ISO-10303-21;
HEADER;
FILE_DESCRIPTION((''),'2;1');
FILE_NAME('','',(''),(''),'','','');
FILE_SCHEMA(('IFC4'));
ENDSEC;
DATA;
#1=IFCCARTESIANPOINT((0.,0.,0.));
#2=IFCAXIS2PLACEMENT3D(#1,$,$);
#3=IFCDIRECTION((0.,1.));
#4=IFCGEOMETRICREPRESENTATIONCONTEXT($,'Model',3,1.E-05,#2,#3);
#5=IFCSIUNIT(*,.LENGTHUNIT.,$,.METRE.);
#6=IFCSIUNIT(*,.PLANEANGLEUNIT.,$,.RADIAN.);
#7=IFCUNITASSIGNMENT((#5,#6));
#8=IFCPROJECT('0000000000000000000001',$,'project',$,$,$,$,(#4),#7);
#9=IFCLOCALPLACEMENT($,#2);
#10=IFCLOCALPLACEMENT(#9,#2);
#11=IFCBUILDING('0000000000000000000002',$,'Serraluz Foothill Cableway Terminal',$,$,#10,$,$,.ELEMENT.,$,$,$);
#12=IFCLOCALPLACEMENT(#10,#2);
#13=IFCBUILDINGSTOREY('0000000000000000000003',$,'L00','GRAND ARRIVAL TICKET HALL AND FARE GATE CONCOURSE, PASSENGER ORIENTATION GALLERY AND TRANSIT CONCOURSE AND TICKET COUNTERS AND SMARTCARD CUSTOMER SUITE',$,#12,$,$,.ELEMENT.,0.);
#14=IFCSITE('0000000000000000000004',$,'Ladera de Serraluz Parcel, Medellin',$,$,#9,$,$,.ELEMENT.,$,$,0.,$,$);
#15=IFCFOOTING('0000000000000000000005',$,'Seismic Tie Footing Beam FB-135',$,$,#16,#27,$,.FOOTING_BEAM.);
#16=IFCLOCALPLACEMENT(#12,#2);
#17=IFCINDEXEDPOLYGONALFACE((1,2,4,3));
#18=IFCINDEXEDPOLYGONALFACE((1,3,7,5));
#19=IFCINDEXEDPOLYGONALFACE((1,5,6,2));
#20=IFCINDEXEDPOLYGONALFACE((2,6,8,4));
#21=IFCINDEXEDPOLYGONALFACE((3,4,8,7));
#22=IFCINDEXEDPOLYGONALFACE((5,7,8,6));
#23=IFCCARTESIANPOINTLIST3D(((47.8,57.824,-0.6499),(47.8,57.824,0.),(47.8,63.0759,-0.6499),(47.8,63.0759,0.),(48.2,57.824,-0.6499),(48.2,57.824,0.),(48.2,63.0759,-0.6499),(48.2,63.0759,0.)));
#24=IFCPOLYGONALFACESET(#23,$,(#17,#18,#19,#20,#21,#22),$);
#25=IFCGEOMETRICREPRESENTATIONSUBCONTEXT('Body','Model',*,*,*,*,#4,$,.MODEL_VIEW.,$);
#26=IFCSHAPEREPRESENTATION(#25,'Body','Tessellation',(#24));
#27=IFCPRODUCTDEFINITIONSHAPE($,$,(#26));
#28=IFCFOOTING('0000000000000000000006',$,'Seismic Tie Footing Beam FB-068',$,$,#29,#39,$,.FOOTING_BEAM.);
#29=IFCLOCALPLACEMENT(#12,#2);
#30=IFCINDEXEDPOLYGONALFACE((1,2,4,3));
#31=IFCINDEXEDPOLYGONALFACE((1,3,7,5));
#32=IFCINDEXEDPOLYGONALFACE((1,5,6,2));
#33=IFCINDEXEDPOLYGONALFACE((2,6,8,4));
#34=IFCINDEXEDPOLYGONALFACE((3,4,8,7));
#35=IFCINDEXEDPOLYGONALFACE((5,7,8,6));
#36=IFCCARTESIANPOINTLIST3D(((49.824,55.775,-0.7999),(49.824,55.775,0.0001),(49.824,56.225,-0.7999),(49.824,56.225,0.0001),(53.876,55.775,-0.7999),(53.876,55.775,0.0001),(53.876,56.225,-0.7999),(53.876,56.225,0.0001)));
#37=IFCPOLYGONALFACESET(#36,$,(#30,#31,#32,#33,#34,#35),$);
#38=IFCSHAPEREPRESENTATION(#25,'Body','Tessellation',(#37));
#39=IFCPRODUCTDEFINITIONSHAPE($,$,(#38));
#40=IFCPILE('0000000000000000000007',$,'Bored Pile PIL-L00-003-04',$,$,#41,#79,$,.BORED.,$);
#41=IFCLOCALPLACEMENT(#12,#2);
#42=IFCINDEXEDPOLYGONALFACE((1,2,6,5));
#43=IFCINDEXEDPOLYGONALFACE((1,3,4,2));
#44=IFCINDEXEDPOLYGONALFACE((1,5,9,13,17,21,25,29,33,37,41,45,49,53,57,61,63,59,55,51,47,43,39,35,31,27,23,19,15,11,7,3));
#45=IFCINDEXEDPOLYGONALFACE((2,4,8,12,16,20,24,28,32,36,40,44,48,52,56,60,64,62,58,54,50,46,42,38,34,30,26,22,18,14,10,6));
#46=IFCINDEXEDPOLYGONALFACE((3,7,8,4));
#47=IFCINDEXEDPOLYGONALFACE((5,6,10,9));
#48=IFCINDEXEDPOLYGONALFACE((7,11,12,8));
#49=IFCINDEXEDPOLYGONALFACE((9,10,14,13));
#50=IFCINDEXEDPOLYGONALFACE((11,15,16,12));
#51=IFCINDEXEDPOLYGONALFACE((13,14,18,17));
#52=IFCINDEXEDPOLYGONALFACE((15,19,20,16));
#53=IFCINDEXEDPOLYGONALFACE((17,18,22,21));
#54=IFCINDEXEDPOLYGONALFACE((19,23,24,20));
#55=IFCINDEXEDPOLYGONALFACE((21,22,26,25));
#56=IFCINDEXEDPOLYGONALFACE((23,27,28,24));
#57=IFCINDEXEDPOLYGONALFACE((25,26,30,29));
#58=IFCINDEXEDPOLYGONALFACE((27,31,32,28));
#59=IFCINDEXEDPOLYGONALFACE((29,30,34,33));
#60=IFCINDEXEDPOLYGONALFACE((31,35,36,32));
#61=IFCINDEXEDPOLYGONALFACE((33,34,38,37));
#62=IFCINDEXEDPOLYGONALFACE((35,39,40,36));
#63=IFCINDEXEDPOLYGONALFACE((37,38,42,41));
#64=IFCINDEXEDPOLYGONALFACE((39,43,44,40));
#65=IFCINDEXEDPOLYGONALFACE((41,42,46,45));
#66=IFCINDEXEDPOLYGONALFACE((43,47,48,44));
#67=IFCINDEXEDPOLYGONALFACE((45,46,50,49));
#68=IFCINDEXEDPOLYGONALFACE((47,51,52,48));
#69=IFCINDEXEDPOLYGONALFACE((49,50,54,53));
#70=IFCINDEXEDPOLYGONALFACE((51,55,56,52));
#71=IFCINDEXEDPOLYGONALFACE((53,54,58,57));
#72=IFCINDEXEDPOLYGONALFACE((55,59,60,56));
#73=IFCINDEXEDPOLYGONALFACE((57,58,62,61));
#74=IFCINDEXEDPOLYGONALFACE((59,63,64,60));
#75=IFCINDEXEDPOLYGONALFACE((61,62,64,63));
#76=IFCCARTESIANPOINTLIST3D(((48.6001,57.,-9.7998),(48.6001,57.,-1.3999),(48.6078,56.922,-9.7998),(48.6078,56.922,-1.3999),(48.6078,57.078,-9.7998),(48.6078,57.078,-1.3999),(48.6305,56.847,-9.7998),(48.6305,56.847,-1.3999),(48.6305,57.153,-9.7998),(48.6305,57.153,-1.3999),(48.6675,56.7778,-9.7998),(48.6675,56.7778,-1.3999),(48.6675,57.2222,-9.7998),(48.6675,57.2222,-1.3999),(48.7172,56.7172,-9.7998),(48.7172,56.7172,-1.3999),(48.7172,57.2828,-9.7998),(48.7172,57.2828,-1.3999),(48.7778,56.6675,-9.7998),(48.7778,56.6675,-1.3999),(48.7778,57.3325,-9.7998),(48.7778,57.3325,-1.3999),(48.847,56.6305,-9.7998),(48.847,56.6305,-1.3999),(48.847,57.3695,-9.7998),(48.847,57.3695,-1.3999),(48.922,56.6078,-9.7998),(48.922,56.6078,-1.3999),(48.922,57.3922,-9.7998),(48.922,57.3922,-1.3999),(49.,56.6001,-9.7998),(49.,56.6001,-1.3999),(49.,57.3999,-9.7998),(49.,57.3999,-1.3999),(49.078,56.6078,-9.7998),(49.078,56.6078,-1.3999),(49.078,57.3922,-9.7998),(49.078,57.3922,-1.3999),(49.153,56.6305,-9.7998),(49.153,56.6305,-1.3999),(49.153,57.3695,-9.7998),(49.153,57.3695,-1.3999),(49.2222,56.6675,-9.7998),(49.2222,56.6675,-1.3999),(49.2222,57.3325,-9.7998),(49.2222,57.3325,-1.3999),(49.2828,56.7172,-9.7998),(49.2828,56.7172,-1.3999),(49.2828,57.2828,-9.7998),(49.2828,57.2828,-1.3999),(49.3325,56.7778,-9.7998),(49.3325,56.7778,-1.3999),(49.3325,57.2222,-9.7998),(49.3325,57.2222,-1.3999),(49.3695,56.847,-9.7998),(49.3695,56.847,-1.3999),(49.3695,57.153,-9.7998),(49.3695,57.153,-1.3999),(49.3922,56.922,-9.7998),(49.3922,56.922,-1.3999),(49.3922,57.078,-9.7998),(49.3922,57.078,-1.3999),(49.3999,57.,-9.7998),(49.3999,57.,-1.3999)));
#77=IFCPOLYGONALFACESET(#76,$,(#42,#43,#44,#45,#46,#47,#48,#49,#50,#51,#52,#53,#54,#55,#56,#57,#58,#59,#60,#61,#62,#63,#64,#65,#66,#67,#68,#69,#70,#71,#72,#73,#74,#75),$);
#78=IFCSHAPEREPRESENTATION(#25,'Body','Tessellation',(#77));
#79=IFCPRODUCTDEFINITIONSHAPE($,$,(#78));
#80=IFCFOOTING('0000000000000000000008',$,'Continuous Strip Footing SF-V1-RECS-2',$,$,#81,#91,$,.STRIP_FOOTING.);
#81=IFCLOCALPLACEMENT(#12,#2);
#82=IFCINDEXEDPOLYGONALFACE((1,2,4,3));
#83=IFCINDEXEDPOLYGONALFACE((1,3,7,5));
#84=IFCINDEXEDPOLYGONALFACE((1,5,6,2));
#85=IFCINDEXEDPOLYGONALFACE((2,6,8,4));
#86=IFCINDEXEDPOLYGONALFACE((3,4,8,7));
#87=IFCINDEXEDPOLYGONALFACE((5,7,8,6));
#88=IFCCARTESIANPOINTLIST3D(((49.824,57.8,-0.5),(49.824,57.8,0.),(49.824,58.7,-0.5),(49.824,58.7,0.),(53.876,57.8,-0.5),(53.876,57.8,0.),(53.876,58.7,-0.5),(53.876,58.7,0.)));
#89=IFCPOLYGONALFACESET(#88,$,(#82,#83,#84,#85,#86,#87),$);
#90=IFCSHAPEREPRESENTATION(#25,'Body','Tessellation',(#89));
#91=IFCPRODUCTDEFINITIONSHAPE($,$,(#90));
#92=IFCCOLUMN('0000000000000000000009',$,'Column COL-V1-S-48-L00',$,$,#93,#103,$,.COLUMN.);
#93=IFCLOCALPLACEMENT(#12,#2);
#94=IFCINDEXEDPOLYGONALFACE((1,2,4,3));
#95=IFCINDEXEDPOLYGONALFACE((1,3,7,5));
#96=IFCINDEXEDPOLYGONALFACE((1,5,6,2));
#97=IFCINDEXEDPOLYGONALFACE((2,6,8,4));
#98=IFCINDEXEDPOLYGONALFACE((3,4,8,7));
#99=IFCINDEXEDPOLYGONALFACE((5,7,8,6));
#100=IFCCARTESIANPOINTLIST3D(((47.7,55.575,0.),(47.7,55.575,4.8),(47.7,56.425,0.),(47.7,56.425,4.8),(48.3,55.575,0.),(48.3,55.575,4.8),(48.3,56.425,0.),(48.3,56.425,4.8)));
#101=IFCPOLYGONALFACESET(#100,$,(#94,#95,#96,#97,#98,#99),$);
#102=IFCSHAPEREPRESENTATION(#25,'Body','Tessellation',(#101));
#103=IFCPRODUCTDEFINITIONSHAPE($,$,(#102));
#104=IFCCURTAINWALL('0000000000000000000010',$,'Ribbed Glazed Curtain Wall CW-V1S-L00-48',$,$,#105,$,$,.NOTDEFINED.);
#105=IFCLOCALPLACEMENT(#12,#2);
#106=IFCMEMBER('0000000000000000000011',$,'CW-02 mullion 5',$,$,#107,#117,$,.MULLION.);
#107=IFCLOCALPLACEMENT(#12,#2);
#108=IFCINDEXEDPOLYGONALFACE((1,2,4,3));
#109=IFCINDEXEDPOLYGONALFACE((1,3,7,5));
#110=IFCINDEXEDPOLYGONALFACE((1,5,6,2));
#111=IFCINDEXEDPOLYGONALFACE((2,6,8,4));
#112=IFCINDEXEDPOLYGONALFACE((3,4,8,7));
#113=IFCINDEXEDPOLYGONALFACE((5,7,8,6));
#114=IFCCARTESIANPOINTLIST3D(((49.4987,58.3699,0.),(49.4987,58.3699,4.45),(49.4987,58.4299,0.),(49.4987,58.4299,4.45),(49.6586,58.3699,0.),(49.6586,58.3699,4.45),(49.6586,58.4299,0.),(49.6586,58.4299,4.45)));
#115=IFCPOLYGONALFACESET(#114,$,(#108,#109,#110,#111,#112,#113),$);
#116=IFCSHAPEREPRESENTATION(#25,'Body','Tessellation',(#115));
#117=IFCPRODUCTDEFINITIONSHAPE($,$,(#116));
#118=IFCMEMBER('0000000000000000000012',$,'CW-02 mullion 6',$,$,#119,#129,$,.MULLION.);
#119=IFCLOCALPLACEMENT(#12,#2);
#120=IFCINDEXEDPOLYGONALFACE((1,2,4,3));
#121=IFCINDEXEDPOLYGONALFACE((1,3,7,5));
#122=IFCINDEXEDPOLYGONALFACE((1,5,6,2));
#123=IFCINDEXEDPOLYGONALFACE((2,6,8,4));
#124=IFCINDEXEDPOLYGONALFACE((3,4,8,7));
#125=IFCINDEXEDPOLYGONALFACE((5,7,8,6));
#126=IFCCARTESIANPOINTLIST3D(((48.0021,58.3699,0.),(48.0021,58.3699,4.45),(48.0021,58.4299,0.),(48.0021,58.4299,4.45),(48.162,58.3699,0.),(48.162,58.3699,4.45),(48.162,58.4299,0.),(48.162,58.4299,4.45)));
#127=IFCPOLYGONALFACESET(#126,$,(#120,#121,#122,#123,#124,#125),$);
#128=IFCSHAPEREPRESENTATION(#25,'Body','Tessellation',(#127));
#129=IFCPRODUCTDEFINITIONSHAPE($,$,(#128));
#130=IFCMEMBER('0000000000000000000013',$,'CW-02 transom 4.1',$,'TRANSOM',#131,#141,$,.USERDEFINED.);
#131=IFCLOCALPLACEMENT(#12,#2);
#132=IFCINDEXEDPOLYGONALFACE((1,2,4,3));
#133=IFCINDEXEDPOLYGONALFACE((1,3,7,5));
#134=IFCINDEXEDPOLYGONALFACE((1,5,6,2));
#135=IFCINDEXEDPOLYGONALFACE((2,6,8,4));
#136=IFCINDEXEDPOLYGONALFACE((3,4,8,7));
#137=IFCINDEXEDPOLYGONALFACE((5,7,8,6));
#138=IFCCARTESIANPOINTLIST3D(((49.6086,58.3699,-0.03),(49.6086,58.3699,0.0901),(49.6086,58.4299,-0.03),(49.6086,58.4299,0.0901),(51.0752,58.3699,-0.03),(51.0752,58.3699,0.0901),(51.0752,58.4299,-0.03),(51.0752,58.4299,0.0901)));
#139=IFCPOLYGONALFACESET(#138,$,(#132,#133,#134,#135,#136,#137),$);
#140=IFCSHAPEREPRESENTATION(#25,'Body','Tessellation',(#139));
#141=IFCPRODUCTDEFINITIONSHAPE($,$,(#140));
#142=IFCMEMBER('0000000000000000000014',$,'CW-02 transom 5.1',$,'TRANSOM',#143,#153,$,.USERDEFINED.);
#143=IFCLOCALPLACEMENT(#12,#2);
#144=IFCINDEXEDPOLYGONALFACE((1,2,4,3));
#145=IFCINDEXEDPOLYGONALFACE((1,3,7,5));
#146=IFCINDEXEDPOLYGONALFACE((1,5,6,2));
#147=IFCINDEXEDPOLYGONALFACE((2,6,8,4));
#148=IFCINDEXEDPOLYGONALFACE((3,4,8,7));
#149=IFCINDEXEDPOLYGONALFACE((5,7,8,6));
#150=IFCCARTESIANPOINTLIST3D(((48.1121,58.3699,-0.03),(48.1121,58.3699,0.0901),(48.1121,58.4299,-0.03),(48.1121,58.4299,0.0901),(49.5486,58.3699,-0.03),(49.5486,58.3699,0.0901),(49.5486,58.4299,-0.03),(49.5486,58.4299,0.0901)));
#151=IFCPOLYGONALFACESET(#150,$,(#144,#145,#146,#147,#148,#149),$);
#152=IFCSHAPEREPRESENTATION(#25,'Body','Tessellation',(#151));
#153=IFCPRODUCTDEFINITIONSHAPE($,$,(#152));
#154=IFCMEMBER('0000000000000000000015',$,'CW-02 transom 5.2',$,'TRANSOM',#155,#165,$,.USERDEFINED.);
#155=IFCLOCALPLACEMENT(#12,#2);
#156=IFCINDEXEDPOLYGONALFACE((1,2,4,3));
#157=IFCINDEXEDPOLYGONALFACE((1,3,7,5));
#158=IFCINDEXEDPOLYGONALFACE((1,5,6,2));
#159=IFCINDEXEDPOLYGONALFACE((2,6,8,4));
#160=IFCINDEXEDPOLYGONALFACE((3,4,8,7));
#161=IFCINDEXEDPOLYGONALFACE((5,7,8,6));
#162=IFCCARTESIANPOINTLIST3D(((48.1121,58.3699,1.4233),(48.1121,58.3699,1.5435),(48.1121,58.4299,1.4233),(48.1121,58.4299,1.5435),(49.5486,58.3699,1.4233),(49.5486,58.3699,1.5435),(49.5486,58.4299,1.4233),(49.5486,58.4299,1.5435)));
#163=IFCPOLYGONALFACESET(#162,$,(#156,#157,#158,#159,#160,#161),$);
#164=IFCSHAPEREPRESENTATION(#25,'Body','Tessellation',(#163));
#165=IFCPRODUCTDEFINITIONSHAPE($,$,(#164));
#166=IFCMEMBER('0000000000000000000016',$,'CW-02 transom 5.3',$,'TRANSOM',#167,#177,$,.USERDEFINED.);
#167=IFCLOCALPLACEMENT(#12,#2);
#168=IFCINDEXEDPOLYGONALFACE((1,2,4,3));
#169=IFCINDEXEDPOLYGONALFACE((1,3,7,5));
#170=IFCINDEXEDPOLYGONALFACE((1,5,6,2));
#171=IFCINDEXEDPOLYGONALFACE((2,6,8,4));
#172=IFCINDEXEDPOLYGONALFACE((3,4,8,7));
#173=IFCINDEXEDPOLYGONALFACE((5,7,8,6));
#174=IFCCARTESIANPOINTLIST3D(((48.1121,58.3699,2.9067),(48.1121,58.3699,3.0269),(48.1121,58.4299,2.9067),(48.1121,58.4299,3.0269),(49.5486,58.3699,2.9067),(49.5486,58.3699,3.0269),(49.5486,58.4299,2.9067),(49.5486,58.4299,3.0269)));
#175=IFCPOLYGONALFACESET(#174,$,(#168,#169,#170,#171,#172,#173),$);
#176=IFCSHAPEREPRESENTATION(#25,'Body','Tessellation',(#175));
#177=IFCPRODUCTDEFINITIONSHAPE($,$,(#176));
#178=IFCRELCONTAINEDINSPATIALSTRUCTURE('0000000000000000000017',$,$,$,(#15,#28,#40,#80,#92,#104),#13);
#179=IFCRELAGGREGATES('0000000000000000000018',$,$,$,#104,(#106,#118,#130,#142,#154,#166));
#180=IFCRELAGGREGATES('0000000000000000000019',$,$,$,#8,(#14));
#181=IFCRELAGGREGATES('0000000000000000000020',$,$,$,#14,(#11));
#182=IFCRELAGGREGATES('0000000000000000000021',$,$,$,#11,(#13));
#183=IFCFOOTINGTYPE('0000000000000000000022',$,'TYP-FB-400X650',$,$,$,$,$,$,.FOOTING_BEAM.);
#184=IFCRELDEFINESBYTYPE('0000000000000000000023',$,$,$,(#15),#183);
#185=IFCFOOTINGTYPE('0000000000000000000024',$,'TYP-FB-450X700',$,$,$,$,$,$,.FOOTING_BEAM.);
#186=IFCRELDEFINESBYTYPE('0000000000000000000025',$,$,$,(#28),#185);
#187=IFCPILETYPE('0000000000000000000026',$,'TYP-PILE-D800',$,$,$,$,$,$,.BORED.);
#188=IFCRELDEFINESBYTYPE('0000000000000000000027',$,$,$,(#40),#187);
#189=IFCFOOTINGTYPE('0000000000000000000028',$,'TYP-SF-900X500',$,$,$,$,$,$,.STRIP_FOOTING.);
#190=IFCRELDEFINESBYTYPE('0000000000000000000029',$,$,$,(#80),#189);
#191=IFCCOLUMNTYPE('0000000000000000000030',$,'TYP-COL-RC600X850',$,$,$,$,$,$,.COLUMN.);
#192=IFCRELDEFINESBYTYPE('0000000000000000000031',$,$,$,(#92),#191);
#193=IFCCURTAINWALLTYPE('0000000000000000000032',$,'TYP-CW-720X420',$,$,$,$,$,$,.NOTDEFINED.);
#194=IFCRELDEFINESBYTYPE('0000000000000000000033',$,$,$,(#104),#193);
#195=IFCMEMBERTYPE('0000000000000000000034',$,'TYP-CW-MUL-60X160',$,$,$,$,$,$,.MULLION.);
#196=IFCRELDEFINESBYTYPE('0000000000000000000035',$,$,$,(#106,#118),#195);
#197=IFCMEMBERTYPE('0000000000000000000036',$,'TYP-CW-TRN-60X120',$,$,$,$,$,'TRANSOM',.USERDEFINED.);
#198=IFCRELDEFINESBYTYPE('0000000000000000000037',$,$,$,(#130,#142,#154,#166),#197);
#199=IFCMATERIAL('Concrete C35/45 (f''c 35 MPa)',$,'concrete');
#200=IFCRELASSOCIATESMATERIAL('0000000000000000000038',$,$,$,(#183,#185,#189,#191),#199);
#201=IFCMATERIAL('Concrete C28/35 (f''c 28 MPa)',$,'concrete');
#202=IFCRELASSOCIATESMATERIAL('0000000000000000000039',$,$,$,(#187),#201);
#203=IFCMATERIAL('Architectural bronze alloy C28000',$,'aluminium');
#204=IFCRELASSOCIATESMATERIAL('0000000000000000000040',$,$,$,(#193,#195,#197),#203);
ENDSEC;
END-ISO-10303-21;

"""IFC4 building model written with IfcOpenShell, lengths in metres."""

from ifc_helpers import new_model, si_unit, direction, frame, origin, origin_2d, place, context, subcontext, project, spatial, rectangle, circle, extrude, material, material_profile, profile_set, type_object, element, aggregate, save


model = new_model("IFC4")

# Units and contexts
model_context = context("Model", 3, precision=1e-05, world=origin(), true_north=direction((0.0, 1.0)))
body_context = subcontext(model_context, "Body", "Model", "MODEL_VIEW")
ifc_project = project(units=[si_unit("LENGTHUNIT", "METRE"), si_unit("PLANEANGLEUNIT", "RADIAN")], contexts=[model_context])

# Site, building, storey
site_placement = place(None, origin())
site = spatial("IfcSite", under=ifc_project, at=site_placement, Name="Ladera de Serraluz Parcel, Medellin", CompositionType="ELEMENT", RefElevation=0.0)
building_placement = place(site_placement, origin())
building = spatial("IfcBuilding", under=site, at=building_placement, Name="Serraluz Foothill Cableway Terminal", CompositionType="ELEMENT")
storey_placement = place(building_placement, origin())
storey = spatial("IfcBuildingStorey", under=building, at=storey_placement, Name="L00", Description="GRAND ARRIVAL TICKET HALL AND FARE GATE CONCOURSE, PASSENGER ORIENTATION GALLERY AND TRANSIT CONCOURSE AND TICKET COUNTERS AND SMARTCARD CUSTOMER SUITE", CompositionType="ELEMENT", Elevation=0.0)

# Footings
ifc_material_1 = material(Name="Concrete C35/45 (f'c 35 MPa)", Category="concrete")
ifc_material_profile_1 = material_profile(ifc_material_1, rectangle(XDim=0.3999, YDim=0.6499, at=origin_2d()), Name="RC 400x650")
ifc_profile_set_1 = profile_set([ifc_material_profile_1], Name="Concrete C35/45 (f'c 35 MPa)")
footing_type_1 = type_object("IfcFootingType", Name="TYP-FB-400X650", PredefinedType="FOOTING_BEAM", material=ifc_profile_set_1)
footing_1_placement = place(storey_placement, frame((48.0, 57.824, -0.325), z_axis=(0.0, 1.0, 0.0), x_axis=(-1.0, 0.0, 0.0)))
element("IfcFooting", 1, at=footing_1_placement, inside=storey, type_object=footing_type_1, Name="Seismic Tie Footing Beam FB-135", PredefinedType="FOOTING_BEAM", context=body_context, shape_type="SweptSolid", body=[
    extrude(rectangle(XDim=0.3999, YDim=0.6499, at=origin_2d()), origin(), (0.0, 0.0, 1.0), 5.252),
])
ifc_material_profile_2 = material_profile(ifc_material_1, rectangle(XDim=0.45, YDim=0.8, at=origin_2d()), Name="RC 450x800")
ifc_profile_set_2 = profile_set([ifc_material_profile_2], Name="Concrete C35/45 (f'c 35 MPa)")
footing_type_2 = type_object("IfcFootingType", Name="TYP-FB-450X700", PredefinedType="FOOTING_BEAM", material=ifc_profile_set_2)
footing_2_placement = place(storey_placement, frame((49.824, 56.0, -0.3999), z_axis=(1.0, 0.0, 0.0), x_axis=(0.0, 1.0, 0.0)))
element("IfcFooting", 2, at=footing_2_placement, inside=storey, type_object=footing_type_2, Name="Seismic Tie Footing Beam FB-068", PredefinedType="FOOTING_BEAM", context=body_context, shape_type="SweptSolid", body=[
    extrude(rectangle(XDim=0.45, YDim=0.8, at=origin_2d()), origin(), (0.0, 0.0, 1.0), 4.052),
])

# Pile
ifc_material_2 = material(Name="Concrete C28/35 (f'c 28 MPa)", Category="concrete")
ifc_material_profile_3 = material_profile(ifc_material_2, circle(Radius=0.3999, at=origin_2d()), Name="BORED PILE D800")
ifc_profile_set_3 = profile_set([ifc_material_profile_3], Name="Concrete C28/35 (f'c 28 MPa)")
pile_type = type_object("IfcPileType", Name="TYP-PILE-D800", PredefinedType="BORED", material=ifc_profile_set_3)
pile_placement = place(storey_placement, frame((49.0, 57.0, -1.3999), z_axis=(0.0, 0.0, -1.0), x_axis=(1.0, 0.0, 0.0)))
element("IfcPile", 3, at=pile_placement, inside=storey, type_object=pile_type, Name="Bored Pile PIL-L00-003-04", PredefinedType="BORED", context=body_context, shape_type="SweptSolid", body=[
    extrude(circle(Radius=0.3999, at=origin_2d()), origin(), (0.0, 0.0, 1.0), 8.3999),
])

# Footing
ifc_material_profile_4 = material_profile(ifc_material_1, rectangle(XDim=0.8999, YDim=0.5, at=origin_2d()), Name="SF 900x500")
ifc_profile_set_4 = profile_set([ifc_material_profile_4], Name="Concrete C35/45 (f'c 35 MPa)")
footing_type_3 = type_object("IfcFootingType", Name="TYP-SF-900X500", PredefinedType="STRIP_FOOTING", material=ifc_profile_set_4)
footing_3_placement = place(storey_placement, frame((49.824, 58.25, -0.25), z_axis=(1.0, 0.0, 0.0), x_axis=(0.0, 1.0, 0.0)))
element("IfcFooting", 4, at=footing_3_placement, inside=storey, type_object=footing_type_3, Name="Continuous Strip Footing SF-V1-RECS-2", PredefinedType="STRIP_FOOTING", context=body_context, shape_type="SweptSolid", body=[
    extrude(rectangle(XDim=0.8999, YDim=0.5, at=origin_2d()), origin(), (0.0, 0.0, 1.0), 4.052),
])

# Column
ifc_material_profile_5 = material_profile(ifc_material_1, rectangle(XDim=0.6001, YDim=0.8501, at=origin_2d()), Name="RC 600x850")
ifc_profile_set_5 = profile_set([ifc_material_profile_5], Name="Concrete C35/45 (f'c 35 MPa)")
column_type = type_object("IfcColumnType", Name="TYP-COL-RC600X850", PredefinedType="COLUMN", material=ifc_profile_set_5)
column_placement = place(storey_placement, frame((48.0, 56.0, 0.0), z_axis=(0.0, 0.0, 1.0), x_axis=(1.0, 0.0, 0.0)))
element("IfcColumn", 5, at=column_placement, inside=storey, type_object=column_type, Name="Column COL-V1-S-48-L00", PredefinedType="COLUMN", context=body_context, shape_type="SweptSolid", body=[
    extrude(rectangle(XDim=0.6001, YDim=0.8501, at=origin_2d()), origin(), (0.0, 0.0, 1.0), 4.8),
])

# Curtain wall, members
ifc_material_3 = material(Name="Architectural bronze alloy C28000", Category="aluminium")
curtain_wall_type = type_object("IfcCurtainWallType", Name="TYP-CW-720X420", PredefinedType="NOTDEFINED", material=ifc_material_3)
curtain_wall_placement = place(storey_placement, origin())
curtain_wall = element("IfcCurtainWall", 6, at=curtain_wall_placement, inside=storey, type_object=curtain_wall_type, Name="Ribbed Glazed Curtain Wall CW-V1S-L00-48", PredefinedType="NOTDEFINED")
ifc_material_profile_6 = material_profile(ifc_material_3, rectangle(XDim=0.0601, YDim=0.1599, at=origin_2d()), Name="ALU MULLION 60x160")
ifc_profile_set_6 = profile_set([ifc_material_profile_6], Name="Architectural bronze alloy C28000")
member_type_1 = type_object("IfcMemberType", Name="TYP-CW-MUL-60X160", PredefinedType="MULLION", material=ifc_profile_set_6)
member_1_placement = place(storey_placement, frame((49.5786, 58.3999, 0.0), z_axis=(0.0, 0.0, 1.0), x_axis=(0.0, -1.0, 0.0)))
member_1 = element("IfcMember", 7, at=member_1_placement, type_object=member_type_1, Name="CW-02 mullion 5", PredefinedType="MULLION", context=body_context, shape_type="SweptSolid", body=[
    extrude(rectangle(XDim=0.0601, YDim=0.1599, at=origin_2d()), origin(), (0.0, 0.0, 1.0), 4.45),
])
member_2_placement = place(storey_placement, frame((48.082, 58.3999, 0.0), z_axis=(0.0, 0.0, 1.0), x_axis=(0.0, -1.0, 0.0)))
member_2 = element("IfcMember", 8, at=member_2_placement, type_object=member_type_1, Name="CW-02 mullion 6", PredefinedType="MULLION", context=body_context, shape_type="SweptSolid", body=[
    extrude(rectangle(XDim=0.0601, YDim=0.1599, at=origin_2d()), origin(), (0.0, 0.0, 1.0), 4.45),
])
ifc_material_profile_7 = material_profile(ifc_material_3, rectangle(XDim=0.0601, YDim=0.1201, at=origin_2d()), Name="ALU TRANSOM 60x120")
ifc_profile_set_7 = profile_set([ifc_material_profile_7], Name="Architectural bronze alloy C28000")
member_type_2 = type_object("IfcMemberType", Name="TYP-CW-TRN-60X120", ElementType="TRANSOM", PredefinedType="USERDEFINED", material=ifc_profile_set_7)
member_3_placement = place(storey_placement, frame((51.0752, 58.3999, 0.03), z_axis=(-1.0, 0.0, 0.0), x_axis=(0.0, -1.0, 0.0)))
member_3 = element("IfcMember", 9, at=member_3_placement, type_object=member_type_2, Name="CW-02 transom 4.1", ObjectType="TRANSOM", PredefinedType="USERDEFINED", context=body_context, shape_type="SweptSolid", body=[
    extrude(rectangle(XDim=0.0601, YDim=0.1201, at=origin_2d()), origin(), (0.0, 0.0, 1.0), 1.4666),
])
member_4_placement = place(storey_placement, frame((49.5486, 58.3999, 0.03), z_axis=(-1.0, 0.0, 0.0), x_axis=(0.0, -1.0, 0.0)))
member_4 = element("IfcMember", 10, at=member_4_placement, type_object=member_type_2, Name="CW-02 transom 5.1", ObjectType="TRANSOM", PredefinedType="USERDEFINED", context=body_context, shape_type="SweptSolid", body=[
    extrude(rectangle(XDim=0.0601, YDim=0.1201, at=origin_2d()), origin(), (0.0, 0.0, 1.0), 1.4365),
])
member_5_placement = place(storey_placement, frame((49.5486, 58.3999, 1.4834), z_axis=(-1.0, 0.0, 0.0), x_axis=(0.0, -1.0, 0.0)))
member_5 = element("IfcMember", 11, at=member_5_placement, type_object=member_type_2, Name="CW-02 transom 5.2", ObjectType="TRANSOM", PredefinedType="USERDEFINED", context=body_context, shape_type="SweptSolid", body=[
    extrude(rectangle(XDim=0.0601, YDim=0.1201, at=origin_2d()), origin(), (0.0, 0.0, 1.0), 1.4365),
])
member_6_placement = place(storey_placement, frame((49.5486, 58.3999, 2.9668), z_axis=(-1.0, 0.0, 0.0), x_axis=(0.0, -1.0, 0.0)))
member_6 = element("IfcMember", 12, at=member_6_placement, type_object=member_type_2, Name="CW-02 transom 5.3", ObjectType="TRANSOM", PredefinedType="USERDEFINED", context=body_context, shape_type="SweptSolid", body=[
    extrude(rectangle(XDim=0.0601, YDim=0.1201, at=origin_2d()), origin(), (0.0, 0.0, 1.0), 1.4365),
])

aggregate(curtain_wall, [member_1, member_2, member_3, member_4, member_5, member_6])

save(model, "model.ifc")
